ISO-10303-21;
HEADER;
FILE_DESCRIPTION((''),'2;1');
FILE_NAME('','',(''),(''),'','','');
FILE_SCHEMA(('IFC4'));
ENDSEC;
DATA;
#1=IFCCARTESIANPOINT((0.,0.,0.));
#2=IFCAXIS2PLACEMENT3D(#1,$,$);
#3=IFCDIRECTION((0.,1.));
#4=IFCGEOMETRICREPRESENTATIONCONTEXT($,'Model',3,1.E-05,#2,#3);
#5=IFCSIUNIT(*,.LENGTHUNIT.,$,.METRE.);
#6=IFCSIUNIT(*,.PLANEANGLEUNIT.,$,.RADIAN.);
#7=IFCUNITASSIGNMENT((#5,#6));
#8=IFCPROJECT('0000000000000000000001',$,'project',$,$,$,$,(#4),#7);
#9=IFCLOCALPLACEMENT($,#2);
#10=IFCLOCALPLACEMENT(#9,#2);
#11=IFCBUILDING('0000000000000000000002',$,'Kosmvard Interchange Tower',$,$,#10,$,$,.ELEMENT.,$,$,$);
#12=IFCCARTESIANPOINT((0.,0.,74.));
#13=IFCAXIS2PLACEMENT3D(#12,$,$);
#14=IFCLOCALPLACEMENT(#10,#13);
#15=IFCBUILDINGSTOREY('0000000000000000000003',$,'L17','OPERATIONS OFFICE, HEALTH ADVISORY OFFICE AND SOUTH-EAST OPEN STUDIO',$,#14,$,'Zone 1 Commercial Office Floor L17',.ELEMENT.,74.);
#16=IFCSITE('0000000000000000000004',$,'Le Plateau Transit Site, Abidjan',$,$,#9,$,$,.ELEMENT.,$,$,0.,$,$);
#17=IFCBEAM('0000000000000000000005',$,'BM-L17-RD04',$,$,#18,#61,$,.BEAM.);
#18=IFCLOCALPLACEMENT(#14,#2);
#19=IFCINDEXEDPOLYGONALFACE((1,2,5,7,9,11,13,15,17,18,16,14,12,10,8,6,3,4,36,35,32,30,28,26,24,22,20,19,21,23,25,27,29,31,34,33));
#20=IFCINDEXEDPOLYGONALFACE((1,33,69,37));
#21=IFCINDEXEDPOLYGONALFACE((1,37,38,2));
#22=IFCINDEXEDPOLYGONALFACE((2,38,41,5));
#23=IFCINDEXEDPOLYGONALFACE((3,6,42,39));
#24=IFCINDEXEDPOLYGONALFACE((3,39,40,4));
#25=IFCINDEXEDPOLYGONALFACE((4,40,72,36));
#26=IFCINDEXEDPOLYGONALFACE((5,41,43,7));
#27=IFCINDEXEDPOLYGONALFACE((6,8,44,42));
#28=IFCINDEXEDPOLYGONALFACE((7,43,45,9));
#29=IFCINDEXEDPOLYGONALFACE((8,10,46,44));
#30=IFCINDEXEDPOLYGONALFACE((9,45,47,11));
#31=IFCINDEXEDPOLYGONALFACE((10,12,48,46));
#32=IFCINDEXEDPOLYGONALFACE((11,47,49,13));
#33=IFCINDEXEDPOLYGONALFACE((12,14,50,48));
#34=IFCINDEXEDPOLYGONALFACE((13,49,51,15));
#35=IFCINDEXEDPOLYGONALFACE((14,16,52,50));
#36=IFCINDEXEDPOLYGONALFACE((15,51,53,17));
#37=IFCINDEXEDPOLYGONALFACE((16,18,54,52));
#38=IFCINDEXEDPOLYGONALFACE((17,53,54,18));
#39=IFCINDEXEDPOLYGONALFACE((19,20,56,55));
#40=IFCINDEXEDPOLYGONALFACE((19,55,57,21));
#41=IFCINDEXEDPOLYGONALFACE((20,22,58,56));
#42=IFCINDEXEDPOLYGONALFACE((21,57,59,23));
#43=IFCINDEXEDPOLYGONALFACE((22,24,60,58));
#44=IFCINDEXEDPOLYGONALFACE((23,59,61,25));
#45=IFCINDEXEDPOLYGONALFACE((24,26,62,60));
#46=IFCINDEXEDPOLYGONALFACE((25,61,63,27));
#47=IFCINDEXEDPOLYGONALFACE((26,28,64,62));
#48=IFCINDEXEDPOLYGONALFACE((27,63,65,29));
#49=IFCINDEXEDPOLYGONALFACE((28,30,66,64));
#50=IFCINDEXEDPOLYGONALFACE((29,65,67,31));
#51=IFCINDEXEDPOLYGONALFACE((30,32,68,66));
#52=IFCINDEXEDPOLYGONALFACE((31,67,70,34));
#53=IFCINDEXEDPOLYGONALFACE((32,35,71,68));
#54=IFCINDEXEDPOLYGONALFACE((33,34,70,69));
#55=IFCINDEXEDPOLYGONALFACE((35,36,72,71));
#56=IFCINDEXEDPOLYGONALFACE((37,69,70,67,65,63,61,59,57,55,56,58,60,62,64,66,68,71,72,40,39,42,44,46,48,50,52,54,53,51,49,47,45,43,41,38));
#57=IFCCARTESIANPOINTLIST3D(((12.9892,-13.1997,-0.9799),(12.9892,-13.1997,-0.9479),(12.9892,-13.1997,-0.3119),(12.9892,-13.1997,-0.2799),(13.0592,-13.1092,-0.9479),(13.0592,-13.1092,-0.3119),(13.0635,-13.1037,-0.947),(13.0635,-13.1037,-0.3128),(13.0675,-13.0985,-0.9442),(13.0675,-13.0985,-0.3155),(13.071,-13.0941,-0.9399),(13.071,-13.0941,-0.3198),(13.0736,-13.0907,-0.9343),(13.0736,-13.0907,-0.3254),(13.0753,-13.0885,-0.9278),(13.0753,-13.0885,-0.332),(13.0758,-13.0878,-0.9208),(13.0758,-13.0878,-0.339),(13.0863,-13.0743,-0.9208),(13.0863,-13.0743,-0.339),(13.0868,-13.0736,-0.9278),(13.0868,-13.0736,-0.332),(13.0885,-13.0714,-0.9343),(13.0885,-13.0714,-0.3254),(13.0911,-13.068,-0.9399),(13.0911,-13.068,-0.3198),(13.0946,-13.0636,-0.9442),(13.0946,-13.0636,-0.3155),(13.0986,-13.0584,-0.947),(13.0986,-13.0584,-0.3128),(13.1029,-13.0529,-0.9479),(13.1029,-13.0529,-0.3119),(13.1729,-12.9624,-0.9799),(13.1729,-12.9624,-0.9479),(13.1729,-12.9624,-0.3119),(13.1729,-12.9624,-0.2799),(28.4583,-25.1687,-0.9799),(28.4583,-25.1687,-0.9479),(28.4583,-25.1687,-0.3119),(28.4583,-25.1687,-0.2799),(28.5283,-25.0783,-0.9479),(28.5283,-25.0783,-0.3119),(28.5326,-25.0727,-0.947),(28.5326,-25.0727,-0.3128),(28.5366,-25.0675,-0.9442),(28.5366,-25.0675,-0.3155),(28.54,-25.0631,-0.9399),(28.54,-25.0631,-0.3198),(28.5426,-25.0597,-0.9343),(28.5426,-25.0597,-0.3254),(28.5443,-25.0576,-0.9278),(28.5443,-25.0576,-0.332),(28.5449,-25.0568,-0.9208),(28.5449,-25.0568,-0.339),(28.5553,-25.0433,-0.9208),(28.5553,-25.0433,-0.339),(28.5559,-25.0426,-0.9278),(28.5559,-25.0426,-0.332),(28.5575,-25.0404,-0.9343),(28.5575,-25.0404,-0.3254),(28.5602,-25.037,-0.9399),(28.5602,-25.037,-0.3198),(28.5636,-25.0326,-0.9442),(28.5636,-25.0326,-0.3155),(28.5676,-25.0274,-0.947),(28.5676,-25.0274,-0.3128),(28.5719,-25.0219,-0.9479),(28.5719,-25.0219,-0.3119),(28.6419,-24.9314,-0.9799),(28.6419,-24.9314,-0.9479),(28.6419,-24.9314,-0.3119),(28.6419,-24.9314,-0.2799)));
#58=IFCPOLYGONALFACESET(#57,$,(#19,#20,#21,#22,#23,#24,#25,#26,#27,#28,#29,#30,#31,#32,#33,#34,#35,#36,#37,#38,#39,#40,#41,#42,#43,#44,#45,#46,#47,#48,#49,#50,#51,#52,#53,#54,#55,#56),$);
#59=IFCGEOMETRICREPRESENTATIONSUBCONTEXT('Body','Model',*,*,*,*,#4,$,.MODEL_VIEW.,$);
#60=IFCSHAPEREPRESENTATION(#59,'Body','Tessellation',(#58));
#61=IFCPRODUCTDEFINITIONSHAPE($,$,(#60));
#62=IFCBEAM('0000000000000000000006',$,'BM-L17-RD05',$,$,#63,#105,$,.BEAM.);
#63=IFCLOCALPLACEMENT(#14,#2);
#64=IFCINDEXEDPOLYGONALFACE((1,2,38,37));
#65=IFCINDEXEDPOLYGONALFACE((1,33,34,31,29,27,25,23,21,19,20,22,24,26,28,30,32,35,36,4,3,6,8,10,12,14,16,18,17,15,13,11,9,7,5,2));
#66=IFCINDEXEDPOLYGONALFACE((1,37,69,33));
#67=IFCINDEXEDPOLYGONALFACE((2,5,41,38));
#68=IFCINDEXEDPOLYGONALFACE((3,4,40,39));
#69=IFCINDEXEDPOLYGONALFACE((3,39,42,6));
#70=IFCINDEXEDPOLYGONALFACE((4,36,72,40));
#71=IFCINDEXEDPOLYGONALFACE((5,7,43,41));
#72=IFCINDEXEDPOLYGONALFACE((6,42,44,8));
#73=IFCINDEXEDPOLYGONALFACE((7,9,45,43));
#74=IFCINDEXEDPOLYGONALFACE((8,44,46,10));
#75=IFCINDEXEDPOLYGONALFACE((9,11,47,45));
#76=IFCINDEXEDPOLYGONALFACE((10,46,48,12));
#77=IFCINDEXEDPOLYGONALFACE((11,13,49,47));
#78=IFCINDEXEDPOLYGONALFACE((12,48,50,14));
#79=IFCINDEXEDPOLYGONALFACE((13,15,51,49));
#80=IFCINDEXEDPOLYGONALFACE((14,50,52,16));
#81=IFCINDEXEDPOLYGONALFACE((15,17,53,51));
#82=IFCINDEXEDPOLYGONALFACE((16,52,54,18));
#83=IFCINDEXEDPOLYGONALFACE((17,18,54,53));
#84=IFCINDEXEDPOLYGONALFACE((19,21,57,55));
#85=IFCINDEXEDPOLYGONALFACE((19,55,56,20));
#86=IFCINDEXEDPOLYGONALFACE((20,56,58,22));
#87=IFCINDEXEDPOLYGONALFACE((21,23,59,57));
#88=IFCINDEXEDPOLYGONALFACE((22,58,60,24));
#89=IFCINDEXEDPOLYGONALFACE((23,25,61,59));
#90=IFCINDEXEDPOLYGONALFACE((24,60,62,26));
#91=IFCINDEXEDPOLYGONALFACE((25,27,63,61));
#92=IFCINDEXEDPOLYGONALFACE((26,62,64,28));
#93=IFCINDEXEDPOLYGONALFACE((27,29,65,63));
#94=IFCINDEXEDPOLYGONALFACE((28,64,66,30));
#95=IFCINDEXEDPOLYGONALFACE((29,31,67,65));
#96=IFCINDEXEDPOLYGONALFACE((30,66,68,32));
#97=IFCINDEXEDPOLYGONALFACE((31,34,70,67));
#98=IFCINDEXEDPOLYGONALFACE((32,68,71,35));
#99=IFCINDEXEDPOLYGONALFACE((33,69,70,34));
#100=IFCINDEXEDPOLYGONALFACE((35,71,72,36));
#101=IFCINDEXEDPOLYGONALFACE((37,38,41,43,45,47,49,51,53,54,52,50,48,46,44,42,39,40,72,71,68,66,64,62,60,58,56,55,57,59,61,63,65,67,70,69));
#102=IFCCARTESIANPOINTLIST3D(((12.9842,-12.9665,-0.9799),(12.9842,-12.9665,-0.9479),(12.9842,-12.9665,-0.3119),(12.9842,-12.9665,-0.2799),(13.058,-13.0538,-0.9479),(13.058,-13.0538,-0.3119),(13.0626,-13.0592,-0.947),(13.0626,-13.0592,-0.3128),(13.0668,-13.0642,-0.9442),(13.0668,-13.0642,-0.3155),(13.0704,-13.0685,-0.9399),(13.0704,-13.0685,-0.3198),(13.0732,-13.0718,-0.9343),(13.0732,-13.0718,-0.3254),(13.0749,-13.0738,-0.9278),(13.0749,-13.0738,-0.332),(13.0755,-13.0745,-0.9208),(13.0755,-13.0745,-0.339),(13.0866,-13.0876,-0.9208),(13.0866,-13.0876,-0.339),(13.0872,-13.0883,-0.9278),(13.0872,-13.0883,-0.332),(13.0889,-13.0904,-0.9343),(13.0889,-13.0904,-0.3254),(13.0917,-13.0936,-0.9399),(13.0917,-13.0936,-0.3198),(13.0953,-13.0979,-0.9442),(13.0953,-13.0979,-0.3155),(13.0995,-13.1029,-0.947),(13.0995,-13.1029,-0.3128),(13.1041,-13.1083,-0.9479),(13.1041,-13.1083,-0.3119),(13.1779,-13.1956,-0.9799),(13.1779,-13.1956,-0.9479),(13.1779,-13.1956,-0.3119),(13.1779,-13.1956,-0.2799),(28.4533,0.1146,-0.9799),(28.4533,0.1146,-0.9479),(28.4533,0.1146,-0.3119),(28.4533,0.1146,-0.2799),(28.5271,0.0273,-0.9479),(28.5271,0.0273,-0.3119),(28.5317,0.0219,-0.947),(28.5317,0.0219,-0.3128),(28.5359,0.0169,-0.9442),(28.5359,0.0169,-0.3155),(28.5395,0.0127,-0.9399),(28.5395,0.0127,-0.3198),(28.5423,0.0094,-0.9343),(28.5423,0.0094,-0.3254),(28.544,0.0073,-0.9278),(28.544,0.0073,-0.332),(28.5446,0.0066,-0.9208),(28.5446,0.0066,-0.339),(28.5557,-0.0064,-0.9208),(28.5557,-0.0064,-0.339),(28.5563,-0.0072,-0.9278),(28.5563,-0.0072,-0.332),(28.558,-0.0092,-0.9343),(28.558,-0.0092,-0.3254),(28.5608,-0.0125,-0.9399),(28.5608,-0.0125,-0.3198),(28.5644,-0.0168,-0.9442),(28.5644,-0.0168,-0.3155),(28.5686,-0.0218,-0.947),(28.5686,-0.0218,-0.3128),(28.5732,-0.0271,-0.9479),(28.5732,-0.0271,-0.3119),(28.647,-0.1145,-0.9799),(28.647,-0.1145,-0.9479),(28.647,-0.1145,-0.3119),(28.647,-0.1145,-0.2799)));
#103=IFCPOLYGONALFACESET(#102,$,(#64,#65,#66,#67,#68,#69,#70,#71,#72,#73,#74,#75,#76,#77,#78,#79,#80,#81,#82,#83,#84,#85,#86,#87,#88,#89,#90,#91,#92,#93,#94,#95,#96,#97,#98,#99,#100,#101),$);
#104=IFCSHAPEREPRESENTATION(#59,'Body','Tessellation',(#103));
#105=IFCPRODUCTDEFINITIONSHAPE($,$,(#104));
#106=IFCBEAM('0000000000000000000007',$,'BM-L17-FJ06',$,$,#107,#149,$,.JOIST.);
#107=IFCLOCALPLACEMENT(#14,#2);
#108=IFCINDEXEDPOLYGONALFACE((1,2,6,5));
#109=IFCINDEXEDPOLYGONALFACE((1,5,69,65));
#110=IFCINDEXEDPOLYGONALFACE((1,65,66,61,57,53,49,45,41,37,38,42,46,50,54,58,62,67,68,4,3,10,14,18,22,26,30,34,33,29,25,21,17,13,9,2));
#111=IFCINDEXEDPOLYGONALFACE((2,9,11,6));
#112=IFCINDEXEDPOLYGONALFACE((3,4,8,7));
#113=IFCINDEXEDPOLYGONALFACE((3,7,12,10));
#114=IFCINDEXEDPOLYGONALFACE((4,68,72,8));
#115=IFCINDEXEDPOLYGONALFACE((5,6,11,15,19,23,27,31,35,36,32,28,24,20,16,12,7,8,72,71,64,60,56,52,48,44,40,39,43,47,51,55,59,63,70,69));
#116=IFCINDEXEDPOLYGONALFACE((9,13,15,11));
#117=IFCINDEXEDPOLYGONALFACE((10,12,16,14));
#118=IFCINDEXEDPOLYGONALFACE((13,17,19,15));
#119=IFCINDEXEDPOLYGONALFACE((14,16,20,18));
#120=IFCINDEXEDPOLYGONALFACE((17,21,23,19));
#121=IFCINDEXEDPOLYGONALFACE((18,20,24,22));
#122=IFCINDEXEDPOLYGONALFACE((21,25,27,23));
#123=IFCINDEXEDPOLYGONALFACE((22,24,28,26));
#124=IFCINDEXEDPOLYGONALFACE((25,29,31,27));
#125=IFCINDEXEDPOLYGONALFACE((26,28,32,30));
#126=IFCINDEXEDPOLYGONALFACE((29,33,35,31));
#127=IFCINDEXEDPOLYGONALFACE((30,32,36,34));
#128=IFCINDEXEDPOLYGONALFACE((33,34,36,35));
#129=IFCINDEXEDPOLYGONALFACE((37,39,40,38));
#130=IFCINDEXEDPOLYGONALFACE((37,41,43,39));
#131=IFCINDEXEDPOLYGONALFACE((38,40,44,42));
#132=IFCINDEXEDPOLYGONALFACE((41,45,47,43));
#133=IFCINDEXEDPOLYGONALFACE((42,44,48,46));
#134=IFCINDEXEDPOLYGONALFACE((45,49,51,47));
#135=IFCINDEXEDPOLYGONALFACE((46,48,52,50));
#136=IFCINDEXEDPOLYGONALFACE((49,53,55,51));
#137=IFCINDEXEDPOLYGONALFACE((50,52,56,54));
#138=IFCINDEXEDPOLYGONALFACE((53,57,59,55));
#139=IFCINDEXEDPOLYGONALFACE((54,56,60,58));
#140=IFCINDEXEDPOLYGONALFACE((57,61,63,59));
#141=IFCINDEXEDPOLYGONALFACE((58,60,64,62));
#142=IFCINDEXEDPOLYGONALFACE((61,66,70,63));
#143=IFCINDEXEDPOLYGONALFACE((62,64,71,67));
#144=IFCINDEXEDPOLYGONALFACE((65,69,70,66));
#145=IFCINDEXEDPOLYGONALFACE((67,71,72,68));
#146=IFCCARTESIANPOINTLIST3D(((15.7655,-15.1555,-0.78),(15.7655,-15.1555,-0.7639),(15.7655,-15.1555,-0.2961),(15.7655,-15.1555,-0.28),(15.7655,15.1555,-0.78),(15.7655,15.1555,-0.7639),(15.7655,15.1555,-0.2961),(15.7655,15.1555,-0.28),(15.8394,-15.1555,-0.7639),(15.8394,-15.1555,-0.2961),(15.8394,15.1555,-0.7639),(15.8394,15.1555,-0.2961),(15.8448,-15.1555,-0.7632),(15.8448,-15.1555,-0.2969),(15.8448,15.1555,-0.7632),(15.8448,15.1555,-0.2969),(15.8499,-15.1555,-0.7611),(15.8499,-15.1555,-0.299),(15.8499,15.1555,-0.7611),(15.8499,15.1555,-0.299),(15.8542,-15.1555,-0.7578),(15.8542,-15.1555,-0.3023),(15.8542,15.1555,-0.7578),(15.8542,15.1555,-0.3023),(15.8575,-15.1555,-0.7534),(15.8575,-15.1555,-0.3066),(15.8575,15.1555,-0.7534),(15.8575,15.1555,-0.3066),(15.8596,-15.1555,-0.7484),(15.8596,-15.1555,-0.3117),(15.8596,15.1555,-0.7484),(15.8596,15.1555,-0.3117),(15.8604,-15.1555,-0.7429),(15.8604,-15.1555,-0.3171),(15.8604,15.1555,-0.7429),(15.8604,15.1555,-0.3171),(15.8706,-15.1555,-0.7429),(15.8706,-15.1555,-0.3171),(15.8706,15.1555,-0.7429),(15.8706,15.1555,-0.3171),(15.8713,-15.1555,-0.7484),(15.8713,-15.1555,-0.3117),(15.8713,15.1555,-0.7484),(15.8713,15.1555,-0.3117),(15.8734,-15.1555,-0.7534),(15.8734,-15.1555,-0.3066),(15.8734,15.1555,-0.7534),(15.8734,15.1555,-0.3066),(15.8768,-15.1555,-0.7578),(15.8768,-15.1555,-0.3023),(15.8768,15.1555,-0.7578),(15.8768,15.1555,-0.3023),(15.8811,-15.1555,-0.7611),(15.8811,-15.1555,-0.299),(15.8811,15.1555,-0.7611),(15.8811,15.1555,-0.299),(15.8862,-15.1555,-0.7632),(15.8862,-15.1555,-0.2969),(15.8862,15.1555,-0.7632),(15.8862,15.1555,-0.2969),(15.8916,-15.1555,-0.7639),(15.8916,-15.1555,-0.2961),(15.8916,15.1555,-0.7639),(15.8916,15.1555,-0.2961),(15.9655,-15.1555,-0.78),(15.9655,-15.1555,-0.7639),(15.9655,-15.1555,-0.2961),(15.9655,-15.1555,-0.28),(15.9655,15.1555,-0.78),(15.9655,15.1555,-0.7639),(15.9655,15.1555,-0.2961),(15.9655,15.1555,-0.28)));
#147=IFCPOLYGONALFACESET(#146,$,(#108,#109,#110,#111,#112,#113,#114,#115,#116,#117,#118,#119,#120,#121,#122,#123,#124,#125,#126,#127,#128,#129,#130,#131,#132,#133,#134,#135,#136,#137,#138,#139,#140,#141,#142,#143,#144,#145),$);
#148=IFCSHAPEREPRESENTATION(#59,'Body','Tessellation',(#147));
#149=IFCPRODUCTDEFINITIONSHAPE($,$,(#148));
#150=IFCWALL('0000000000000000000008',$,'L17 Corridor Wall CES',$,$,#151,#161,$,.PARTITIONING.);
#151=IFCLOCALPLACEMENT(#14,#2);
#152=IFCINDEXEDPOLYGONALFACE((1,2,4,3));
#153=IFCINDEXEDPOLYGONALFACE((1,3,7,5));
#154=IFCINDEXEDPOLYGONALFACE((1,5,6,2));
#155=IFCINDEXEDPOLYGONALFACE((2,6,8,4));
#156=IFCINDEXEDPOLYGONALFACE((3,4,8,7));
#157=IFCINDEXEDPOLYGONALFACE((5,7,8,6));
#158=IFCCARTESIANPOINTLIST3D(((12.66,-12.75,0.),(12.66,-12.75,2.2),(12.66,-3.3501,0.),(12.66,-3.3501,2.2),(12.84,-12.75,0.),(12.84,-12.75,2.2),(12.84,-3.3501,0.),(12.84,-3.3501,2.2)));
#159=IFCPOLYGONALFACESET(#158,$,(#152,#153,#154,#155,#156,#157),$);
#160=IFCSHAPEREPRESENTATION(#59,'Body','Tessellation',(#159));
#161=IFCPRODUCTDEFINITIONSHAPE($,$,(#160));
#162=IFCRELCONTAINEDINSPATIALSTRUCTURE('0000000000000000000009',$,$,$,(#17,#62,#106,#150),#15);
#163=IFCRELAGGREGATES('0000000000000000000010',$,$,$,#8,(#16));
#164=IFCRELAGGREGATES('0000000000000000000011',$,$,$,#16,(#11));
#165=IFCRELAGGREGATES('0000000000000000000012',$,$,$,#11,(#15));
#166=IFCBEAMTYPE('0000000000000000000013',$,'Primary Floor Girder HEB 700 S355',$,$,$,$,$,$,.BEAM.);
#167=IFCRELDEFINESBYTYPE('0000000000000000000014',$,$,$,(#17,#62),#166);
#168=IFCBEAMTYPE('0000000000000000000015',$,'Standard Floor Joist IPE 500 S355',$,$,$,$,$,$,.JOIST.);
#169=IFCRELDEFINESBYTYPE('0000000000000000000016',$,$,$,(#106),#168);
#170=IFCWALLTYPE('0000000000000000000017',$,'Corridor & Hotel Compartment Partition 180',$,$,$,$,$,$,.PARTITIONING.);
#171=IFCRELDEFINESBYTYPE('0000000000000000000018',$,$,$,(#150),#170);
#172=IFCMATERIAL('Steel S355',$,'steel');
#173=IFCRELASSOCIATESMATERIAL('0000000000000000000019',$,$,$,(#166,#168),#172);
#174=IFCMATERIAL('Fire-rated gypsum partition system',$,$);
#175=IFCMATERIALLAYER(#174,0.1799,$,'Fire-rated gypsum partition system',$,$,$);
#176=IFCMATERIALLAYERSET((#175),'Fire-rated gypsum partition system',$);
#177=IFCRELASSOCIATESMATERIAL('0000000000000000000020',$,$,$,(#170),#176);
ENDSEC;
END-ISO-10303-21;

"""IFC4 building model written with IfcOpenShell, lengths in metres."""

from ifc_helpers import new_model, si_unit, direction, frame, frame_2d, origin, origin_2d, place, context, subcontext, project, spatial, rectangle, i_section, extrude, source, transform, mapped, material, layer, layer_set, material_profile, profile_set, type_object, element, save


model = new_model("IFC4")

# Units and contexts
model_context = context("Model", 3, precision=1e-05, world=origin(), true_north=direction((0.0, 1.0)))
body_context = subcontext(model_context, "Body", "Model", "MODEL_VIEW")
ifc_project = project(units=[si_unit("LENGTHUNIT", "METRE"), si_unit("PLANEANGLEUNIT", "RADIAN")], contexts=[model_context])

# Site, building, storey
site_placement = place(None, origin())
site = spatial("IfcSite", under=ifc_project, at=site_placement, Name="Le Plateau Transit Site, Abidjan", CompositionType="ELEMENT", RefElevation=0.0)
building_placement = place(site_placement, origin())
building = spatial("IfcBuilding", under=site, at=building_placement, Name="Kosmvard Interchange Tower", CompositionType="ELEMENT")
storey_placement = place(building_placement, frame((0.0, 0.0, 74.0)))
storey = spatial("IfcBuildingStorey", under=building, at=storey_placement, Name="L17", Description="OPERATIONS OFFICE, HEALTH ADVISORY OFFICE AND SOUTH-EAST OPEN STUDIO", LongName="Zone 1 Commercial Office Floor L17", CompositionType="ELEMENT", Elevation=74.0)

# Beams
ifc_material_1 = material(Name="Steel S355", Category="steel")
ifc_material_profile_1 = material_profile(ifc_material_1, i_section(OverallWidth=0.3, OverallDepth=0.7, WebThickness=0.0171, FlangeThickness=0.032, FilletRadius=0.0271, at=origin_2d()), Name="HEB 700")
ifc_profile_set_1 = profile_set([ifc_material_profile_1], Name="Steel S355")
beam_type_1 = type_object("IfcBeamType", Name="Primary Floor Girder HEB 700 S355", PredefinedType="BEAM", material=ifc_profile_set_1)
shared_shape_1 = source(origin(), body_context, "Body", "SweptSolid", [
    extrude(i_section(OverallWidth=0.3, OverallDepth=0.7, WebThickness=0.0171, FlangeThickness=0.032, FilletRadius=0.0271, at=origin_2d()), origin(), (0.0, 0.0, 1.0), 19.5588),
])
for number, where, z_axis, x_axis, name in (
    (1, (13.0811, -13.0811, -0.6299), (0.790897, -0.611949, 0.0), (0.611949, 0.790897, 0.0), "BM-L17-RD04"),
):
    element("IfcBeam", number, at=place(storey_placement, frame(where, z_axis=z_axis, x_axis=x_axis)), inside=storey, type_object=beam_type_1, Name=name, PredefinedType="BEAM", context=body_context, shape_type="MappedRepresentation", body=[
        mapped(shared_shape_1, transform((0.0, 0.0, 0.0), scale=1.0)),
    ])
shared_shape_2 = source(origin(), body_context, "Body", "SweptSolid", [
    extrude(i_section(OverallWidth=0.3, OverallDepth=0.7, WebThickness=0.0171, FlangeThickness=0.032, FilletRadius=0.0271, at=origin_2d()), origin(), (0.0, 0.0, 1.0), 20.2585),
])
beam_1_placement = place(storey_placement, frame((13.0811, -13.0811, -0.6299), z_axis=(0.763583, 0.645709, 0.0), x_axis=(-0.645709, 0.763583, 0.0)))
element("IfcBeam", 2, at=beam_1_placement, inside=storey, type_object=beam_type_1, Name="BM-L17-RD05", PredefinedType="BEAM", context=body_context, shape_type="MappedRepresentation", body=[
    mapped(shared_shape_2, transform((0.0, 0.0, 0.0), scale=1.0)),
])
ifc_material_profile_2 = material_profile(ifc_material_1, i_section(OverallWidth=0.2, OverallDepth=0.5, WebThickness=0.0103, FlangeThickness=0.0161, FilletRadius=0.021, at=origin_2d()), Name="IPE 500")
ifc_profile_set_2 = profile_set([ifc_material_profile_2], Name="Steel S355")
beam_type_2 = type_object("IfcBeamType", Name="Standard Floor Joist IPE 500 S355", PredefinedType="JOIST", material=ifc_profile_set_2)
shared_shape_3 = source(origin(), body_context, "Body", "SweptSolid", [
    extrude(i_section(OverallWidth=0.2, OverallDepth=0.5, WebThickness=0.0103, FlangeThickness=0.0161, FilletRadius=0.021, at=origin_2d()), origin(), (0.0, 0.0, 1.0), 30.311),
])
beam_2_placement = place(storey_placement, frame((15.8655, -15.1555, -0.53), z_axis=(0.0, 1.0, 0.0), x_axis=(-1.0, 0.0, 0.0)))
element("IfcBeam", 3, at=beam_2_placement, inside=storey, type_object=beam_type_2, Name="BM-L17-FJ06", PredefinedType="JOIST", context=body_context, shape_type="MappedRepresentation", body=[
    mapped(shared_shape_3, transform((0.0, 0.0, 0.0), scale=1.0)),
])

# Wall
ifc_material_2 = material(Name="Fire-rated gypsum partition system")
ifc_layer_1 = layer(ifc_material_2, 0.1799, Name="Fire-rated gypsum partition system")
ifc_layer_set_1 = layer_set([ifc_layer_1], Name="Fire-rated gypsum partition system")
wall_type_1 = type_object("IfcWallType", Name="Corridor & Hotel Compartment Partition 180", PredefinedType="PARTITIONING", material=ifc_layer_set_1)
wall_1_placement = place(storey_placement, frame((12.75, -12.75, 0.0), z_axis=(0.0, 0.0, 1.0), x_axis=(0.0, 1.0, 0.0)))
element("IfcWall", 4, at=wall_1_placement, inside=storey, type_object=wall_type_1, Name="L17 Corridor Wall CES", PredefinedType="PARTITIONING", context=body_context, shape_type="SweptSolid", body=[
    extrude(rectangle(XDim=9.3999, YDim=0.1799, at=frame_2d((4.7, 0.0))), origin(), (0.0, 0.0, 1.0), 2.2),
])

save(model, "model.ifc")
